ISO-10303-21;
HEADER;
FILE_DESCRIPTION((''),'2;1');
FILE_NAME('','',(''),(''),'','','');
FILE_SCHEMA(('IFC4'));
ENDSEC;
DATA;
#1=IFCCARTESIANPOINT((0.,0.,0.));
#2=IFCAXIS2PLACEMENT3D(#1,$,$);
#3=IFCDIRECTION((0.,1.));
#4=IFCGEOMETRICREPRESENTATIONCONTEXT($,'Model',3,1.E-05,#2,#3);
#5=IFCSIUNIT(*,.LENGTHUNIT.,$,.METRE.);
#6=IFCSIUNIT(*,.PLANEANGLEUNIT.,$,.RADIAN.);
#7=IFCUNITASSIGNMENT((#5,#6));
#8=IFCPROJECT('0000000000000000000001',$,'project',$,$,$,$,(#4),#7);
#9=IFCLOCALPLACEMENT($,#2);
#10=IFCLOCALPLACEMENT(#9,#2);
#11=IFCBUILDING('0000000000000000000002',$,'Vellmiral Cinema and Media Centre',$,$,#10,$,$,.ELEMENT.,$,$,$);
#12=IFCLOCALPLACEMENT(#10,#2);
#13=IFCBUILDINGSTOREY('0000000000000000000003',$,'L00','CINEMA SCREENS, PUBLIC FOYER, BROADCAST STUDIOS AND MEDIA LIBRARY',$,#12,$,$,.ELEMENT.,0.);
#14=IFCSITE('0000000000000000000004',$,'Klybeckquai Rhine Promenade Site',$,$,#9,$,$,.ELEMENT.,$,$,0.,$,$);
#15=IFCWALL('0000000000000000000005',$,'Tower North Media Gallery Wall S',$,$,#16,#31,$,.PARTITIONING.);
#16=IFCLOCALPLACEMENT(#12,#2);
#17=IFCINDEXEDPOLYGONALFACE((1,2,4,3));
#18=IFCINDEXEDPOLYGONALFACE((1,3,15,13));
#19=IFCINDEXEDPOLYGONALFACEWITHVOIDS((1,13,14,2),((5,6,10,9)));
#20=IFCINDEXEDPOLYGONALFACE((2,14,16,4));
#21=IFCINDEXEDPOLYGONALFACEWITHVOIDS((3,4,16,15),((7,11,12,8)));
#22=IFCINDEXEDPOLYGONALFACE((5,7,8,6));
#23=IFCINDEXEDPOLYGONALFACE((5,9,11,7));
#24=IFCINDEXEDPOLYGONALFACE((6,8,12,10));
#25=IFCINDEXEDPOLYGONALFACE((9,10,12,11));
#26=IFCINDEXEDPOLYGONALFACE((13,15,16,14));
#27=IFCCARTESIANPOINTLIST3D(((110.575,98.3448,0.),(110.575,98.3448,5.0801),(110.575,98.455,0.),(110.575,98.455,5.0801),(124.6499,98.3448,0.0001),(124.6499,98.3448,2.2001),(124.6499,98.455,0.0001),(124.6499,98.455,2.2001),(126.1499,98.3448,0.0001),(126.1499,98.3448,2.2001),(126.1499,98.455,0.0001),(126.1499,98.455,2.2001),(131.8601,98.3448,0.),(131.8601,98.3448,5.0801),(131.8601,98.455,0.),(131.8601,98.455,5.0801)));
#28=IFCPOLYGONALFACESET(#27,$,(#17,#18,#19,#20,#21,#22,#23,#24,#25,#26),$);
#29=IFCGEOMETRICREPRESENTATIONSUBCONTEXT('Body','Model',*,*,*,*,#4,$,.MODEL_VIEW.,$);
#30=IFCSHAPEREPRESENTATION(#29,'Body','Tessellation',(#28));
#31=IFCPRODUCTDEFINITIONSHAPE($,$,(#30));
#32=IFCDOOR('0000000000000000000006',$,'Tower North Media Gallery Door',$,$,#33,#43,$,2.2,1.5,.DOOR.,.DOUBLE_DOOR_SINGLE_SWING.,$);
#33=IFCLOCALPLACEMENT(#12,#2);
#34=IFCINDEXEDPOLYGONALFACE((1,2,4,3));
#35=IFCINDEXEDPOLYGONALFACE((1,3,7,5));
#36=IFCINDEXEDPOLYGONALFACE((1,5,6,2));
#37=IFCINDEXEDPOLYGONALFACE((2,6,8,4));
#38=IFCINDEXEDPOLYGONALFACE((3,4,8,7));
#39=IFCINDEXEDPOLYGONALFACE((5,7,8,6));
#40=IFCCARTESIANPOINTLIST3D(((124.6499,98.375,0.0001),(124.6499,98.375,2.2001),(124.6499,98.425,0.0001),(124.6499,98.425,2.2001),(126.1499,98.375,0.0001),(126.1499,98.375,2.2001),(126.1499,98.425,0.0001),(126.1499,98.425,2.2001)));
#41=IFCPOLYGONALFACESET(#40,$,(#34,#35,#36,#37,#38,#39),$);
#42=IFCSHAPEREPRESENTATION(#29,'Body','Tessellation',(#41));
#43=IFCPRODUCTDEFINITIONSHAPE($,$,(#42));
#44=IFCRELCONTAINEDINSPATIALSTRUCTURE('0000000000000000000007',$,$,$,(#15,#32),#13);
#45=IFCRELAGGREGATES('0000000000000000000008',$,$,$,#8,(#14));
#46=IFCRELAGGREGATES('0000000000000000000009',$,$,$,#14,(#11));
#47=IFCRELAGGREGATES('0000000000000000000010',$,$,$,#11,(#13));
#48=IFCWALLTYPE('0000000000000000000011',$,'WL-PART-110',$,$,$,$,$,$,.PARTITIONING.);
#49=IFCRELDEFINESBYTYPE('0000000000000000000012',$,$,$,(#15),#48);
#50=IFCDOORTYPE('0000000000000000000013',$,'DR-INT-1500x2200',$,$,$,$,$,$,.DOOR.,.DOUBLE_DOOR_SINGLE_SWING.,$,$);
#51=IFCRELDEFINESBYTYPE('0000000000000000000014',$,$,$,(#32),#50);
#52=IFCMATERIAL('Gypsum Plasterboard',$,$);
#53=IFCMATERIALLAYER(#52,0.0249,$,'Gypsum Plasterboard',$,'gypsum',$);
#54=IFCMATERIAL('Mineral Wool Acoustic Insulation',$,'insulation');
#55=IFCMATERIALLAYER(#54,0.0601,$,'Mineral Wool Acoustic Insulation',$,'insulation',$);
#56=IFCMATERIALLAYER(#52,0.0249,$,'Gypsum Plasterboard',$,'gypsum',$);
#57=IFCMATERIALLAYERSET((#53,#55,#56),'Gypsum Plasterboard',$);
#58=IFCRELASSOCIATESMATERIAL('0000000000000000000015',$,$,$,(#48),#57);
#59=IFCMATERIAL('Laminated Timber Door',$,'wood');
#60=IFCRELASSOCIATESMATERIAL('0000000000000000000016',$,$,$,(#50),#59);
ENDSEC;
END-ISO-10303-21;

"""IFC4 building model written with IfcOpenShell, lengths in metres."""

from ifc_helpers import new_model, si_unit, direction, frame, frame_2d, origin, place, context, subcontext, project, spatial, rectangle, extrude, material, layer, layer_set, type_object, element, fill, save


model = new_model("IFC4")

# Units and contexts
model_context = context("Model", 3, precision=1e-05, world=origin(), true_north=direction((0.0, 1.0)))
body_context = subcontext(model_context, "Body", "Model", "MODEL_VIEW")
ifc_project = project(units=[si_unit("LENGTHUNIT", "METRE"), si_unit("PLANEANGLEUNIT", "RADIAN")], contexts=[model_context])

# Site, building, storey
site_placement = place(None, origin())
site = spatial("IfcSite", under=ifc_project, at=site_placement, Name="Klybeckquai Rhine Promenade Site", CompositionType="ELEMENT", RefElevation=0.0)
building_placement = place(site_placement, origin())
building = spatial("IfcBuilding", under=site, at=building_placement, Name="Vellmiral Cinema and Media Centre", CompositionType="ELEMENT")
storey_placement = place(building_placement, origin())
storey = spatial("IfcBuildingStorey", under=building, at=storey_placement, Name="L00", Description="CINEMA SCREENS, PUBLIC FOYER, BROADCAST STUDIOS AND MEDIA LIBRARY", CompositionType="ELEMENT", Elevation=0.0)

# Wall, opening, door
ifc_material_1 = material(Name="Gypsum Plasterboard")
ifc_layer_1 = layer(ifc_material_1, 0.0249, Name="Gypsum Plasterboard", Category="gypsum")
ifc_material_2 = material(Name="Mineral Wool Acoustic Insulation", Category="insulation")
ifc_layer_2 = layer(ifc_material_2, 0.0601, Name="Mineral Wool Acoustic Insulation", Category="insulation")
ifc_layer_3 = layer(ifc_material_1, 0.0249, Name="Gypsum Plasterboard", Category="gypsum")
ifc_layer_set_1 = layer_set([ifc_layer_1, ifc_layer_2, ifc_layer_3], Name="Gypsum Plasterboard")
wall_type_1 = type_object("IfcWallType", Name="WL-PART-110", PredefinedType="PARTITIONING", material=ifc_layer_set_1)
wall_1_placement = place(storey_placement, frame((110.575, 98.3999, 0.0), z_axis=(0.0, 0.0, 1.0), x_axis=(1.0, 0.0, 0.0)))
wall_1 = element("IfcWall", 1, at=wall_1_placement, inside=storey, type_object=wall_type_1, Name="Tower North Media Gallery Wall S", PredefinedType="PARTITIONING", context=body_context, shape_type="SweptSolid", body=[
    extrude(rectangle(XDim=21.2852, YDim=0.1101, at=frame_2d((10.6426, 0.0))), origin(), (0.0, 0.0, 1.0), 5.0801),
])
opening_1_placement = place(wall_1_placement, frame((14.075, 0.0, 0.0)))
opening_1 = element("IfcOpeningElement", 2, at=opening_1_placement, cuts=wall_1, PredefinedType="OPENING", context=body_context, shape_type="SweptSolid", body=[
    extrude(rectangle(XDim=1.5, YDim=2.2, at=frame_2d((0.75, 1.1001))), frame((0.0, 0.0669, 0.0), z_axis=(0.0, -1.0, 0.0), x_axis=(1.0, 0.0, 0.0)), (0.0, 0.0, 1.0), 0.134),
])
ifc_material_3 = material(Name="Laminated Timber Door", Category="wood")
door_type = type_object("IfcDoorType", Name="DR-INT-1500x2200", OperationType="DOUBLE_DOOR_SINGLE_SWING", PredefinedType="DOOR", material=ifc_material_3)
door_placement = place(opening_1_placement, frame((1.5, 0.0, 0.0), z_axis=(0.0, 0.0, 1.0), x_axis=(-1.0, 0.0, 0.0)))
door = element("IfcDoor", 3, at=door_placement, inside=storey, type_object=door_type, Name="Tower North Media Gallery Door", OperationType="DOUBLE_DOOR_SINGLE_SWING", OverallHeight=2.2, OverallWidth=1.5, PredefinedType="DOOR", context=body_context, shape_type="SweptSolid", body=[
    extrude(rectangle(XDim=1.5, YDim=2.2, at=frame_2d((0.75, 1.1001))), frame((0.0, 0.0249, 0.0), z_axis=(0.0, -1.0, 0.0), x_axis=(1.0, 0.0, 0.0)), (0.0, 0.0, 1.0), 0.05),
])
fill(opening_1, door)

save(model, "model.ifc")
